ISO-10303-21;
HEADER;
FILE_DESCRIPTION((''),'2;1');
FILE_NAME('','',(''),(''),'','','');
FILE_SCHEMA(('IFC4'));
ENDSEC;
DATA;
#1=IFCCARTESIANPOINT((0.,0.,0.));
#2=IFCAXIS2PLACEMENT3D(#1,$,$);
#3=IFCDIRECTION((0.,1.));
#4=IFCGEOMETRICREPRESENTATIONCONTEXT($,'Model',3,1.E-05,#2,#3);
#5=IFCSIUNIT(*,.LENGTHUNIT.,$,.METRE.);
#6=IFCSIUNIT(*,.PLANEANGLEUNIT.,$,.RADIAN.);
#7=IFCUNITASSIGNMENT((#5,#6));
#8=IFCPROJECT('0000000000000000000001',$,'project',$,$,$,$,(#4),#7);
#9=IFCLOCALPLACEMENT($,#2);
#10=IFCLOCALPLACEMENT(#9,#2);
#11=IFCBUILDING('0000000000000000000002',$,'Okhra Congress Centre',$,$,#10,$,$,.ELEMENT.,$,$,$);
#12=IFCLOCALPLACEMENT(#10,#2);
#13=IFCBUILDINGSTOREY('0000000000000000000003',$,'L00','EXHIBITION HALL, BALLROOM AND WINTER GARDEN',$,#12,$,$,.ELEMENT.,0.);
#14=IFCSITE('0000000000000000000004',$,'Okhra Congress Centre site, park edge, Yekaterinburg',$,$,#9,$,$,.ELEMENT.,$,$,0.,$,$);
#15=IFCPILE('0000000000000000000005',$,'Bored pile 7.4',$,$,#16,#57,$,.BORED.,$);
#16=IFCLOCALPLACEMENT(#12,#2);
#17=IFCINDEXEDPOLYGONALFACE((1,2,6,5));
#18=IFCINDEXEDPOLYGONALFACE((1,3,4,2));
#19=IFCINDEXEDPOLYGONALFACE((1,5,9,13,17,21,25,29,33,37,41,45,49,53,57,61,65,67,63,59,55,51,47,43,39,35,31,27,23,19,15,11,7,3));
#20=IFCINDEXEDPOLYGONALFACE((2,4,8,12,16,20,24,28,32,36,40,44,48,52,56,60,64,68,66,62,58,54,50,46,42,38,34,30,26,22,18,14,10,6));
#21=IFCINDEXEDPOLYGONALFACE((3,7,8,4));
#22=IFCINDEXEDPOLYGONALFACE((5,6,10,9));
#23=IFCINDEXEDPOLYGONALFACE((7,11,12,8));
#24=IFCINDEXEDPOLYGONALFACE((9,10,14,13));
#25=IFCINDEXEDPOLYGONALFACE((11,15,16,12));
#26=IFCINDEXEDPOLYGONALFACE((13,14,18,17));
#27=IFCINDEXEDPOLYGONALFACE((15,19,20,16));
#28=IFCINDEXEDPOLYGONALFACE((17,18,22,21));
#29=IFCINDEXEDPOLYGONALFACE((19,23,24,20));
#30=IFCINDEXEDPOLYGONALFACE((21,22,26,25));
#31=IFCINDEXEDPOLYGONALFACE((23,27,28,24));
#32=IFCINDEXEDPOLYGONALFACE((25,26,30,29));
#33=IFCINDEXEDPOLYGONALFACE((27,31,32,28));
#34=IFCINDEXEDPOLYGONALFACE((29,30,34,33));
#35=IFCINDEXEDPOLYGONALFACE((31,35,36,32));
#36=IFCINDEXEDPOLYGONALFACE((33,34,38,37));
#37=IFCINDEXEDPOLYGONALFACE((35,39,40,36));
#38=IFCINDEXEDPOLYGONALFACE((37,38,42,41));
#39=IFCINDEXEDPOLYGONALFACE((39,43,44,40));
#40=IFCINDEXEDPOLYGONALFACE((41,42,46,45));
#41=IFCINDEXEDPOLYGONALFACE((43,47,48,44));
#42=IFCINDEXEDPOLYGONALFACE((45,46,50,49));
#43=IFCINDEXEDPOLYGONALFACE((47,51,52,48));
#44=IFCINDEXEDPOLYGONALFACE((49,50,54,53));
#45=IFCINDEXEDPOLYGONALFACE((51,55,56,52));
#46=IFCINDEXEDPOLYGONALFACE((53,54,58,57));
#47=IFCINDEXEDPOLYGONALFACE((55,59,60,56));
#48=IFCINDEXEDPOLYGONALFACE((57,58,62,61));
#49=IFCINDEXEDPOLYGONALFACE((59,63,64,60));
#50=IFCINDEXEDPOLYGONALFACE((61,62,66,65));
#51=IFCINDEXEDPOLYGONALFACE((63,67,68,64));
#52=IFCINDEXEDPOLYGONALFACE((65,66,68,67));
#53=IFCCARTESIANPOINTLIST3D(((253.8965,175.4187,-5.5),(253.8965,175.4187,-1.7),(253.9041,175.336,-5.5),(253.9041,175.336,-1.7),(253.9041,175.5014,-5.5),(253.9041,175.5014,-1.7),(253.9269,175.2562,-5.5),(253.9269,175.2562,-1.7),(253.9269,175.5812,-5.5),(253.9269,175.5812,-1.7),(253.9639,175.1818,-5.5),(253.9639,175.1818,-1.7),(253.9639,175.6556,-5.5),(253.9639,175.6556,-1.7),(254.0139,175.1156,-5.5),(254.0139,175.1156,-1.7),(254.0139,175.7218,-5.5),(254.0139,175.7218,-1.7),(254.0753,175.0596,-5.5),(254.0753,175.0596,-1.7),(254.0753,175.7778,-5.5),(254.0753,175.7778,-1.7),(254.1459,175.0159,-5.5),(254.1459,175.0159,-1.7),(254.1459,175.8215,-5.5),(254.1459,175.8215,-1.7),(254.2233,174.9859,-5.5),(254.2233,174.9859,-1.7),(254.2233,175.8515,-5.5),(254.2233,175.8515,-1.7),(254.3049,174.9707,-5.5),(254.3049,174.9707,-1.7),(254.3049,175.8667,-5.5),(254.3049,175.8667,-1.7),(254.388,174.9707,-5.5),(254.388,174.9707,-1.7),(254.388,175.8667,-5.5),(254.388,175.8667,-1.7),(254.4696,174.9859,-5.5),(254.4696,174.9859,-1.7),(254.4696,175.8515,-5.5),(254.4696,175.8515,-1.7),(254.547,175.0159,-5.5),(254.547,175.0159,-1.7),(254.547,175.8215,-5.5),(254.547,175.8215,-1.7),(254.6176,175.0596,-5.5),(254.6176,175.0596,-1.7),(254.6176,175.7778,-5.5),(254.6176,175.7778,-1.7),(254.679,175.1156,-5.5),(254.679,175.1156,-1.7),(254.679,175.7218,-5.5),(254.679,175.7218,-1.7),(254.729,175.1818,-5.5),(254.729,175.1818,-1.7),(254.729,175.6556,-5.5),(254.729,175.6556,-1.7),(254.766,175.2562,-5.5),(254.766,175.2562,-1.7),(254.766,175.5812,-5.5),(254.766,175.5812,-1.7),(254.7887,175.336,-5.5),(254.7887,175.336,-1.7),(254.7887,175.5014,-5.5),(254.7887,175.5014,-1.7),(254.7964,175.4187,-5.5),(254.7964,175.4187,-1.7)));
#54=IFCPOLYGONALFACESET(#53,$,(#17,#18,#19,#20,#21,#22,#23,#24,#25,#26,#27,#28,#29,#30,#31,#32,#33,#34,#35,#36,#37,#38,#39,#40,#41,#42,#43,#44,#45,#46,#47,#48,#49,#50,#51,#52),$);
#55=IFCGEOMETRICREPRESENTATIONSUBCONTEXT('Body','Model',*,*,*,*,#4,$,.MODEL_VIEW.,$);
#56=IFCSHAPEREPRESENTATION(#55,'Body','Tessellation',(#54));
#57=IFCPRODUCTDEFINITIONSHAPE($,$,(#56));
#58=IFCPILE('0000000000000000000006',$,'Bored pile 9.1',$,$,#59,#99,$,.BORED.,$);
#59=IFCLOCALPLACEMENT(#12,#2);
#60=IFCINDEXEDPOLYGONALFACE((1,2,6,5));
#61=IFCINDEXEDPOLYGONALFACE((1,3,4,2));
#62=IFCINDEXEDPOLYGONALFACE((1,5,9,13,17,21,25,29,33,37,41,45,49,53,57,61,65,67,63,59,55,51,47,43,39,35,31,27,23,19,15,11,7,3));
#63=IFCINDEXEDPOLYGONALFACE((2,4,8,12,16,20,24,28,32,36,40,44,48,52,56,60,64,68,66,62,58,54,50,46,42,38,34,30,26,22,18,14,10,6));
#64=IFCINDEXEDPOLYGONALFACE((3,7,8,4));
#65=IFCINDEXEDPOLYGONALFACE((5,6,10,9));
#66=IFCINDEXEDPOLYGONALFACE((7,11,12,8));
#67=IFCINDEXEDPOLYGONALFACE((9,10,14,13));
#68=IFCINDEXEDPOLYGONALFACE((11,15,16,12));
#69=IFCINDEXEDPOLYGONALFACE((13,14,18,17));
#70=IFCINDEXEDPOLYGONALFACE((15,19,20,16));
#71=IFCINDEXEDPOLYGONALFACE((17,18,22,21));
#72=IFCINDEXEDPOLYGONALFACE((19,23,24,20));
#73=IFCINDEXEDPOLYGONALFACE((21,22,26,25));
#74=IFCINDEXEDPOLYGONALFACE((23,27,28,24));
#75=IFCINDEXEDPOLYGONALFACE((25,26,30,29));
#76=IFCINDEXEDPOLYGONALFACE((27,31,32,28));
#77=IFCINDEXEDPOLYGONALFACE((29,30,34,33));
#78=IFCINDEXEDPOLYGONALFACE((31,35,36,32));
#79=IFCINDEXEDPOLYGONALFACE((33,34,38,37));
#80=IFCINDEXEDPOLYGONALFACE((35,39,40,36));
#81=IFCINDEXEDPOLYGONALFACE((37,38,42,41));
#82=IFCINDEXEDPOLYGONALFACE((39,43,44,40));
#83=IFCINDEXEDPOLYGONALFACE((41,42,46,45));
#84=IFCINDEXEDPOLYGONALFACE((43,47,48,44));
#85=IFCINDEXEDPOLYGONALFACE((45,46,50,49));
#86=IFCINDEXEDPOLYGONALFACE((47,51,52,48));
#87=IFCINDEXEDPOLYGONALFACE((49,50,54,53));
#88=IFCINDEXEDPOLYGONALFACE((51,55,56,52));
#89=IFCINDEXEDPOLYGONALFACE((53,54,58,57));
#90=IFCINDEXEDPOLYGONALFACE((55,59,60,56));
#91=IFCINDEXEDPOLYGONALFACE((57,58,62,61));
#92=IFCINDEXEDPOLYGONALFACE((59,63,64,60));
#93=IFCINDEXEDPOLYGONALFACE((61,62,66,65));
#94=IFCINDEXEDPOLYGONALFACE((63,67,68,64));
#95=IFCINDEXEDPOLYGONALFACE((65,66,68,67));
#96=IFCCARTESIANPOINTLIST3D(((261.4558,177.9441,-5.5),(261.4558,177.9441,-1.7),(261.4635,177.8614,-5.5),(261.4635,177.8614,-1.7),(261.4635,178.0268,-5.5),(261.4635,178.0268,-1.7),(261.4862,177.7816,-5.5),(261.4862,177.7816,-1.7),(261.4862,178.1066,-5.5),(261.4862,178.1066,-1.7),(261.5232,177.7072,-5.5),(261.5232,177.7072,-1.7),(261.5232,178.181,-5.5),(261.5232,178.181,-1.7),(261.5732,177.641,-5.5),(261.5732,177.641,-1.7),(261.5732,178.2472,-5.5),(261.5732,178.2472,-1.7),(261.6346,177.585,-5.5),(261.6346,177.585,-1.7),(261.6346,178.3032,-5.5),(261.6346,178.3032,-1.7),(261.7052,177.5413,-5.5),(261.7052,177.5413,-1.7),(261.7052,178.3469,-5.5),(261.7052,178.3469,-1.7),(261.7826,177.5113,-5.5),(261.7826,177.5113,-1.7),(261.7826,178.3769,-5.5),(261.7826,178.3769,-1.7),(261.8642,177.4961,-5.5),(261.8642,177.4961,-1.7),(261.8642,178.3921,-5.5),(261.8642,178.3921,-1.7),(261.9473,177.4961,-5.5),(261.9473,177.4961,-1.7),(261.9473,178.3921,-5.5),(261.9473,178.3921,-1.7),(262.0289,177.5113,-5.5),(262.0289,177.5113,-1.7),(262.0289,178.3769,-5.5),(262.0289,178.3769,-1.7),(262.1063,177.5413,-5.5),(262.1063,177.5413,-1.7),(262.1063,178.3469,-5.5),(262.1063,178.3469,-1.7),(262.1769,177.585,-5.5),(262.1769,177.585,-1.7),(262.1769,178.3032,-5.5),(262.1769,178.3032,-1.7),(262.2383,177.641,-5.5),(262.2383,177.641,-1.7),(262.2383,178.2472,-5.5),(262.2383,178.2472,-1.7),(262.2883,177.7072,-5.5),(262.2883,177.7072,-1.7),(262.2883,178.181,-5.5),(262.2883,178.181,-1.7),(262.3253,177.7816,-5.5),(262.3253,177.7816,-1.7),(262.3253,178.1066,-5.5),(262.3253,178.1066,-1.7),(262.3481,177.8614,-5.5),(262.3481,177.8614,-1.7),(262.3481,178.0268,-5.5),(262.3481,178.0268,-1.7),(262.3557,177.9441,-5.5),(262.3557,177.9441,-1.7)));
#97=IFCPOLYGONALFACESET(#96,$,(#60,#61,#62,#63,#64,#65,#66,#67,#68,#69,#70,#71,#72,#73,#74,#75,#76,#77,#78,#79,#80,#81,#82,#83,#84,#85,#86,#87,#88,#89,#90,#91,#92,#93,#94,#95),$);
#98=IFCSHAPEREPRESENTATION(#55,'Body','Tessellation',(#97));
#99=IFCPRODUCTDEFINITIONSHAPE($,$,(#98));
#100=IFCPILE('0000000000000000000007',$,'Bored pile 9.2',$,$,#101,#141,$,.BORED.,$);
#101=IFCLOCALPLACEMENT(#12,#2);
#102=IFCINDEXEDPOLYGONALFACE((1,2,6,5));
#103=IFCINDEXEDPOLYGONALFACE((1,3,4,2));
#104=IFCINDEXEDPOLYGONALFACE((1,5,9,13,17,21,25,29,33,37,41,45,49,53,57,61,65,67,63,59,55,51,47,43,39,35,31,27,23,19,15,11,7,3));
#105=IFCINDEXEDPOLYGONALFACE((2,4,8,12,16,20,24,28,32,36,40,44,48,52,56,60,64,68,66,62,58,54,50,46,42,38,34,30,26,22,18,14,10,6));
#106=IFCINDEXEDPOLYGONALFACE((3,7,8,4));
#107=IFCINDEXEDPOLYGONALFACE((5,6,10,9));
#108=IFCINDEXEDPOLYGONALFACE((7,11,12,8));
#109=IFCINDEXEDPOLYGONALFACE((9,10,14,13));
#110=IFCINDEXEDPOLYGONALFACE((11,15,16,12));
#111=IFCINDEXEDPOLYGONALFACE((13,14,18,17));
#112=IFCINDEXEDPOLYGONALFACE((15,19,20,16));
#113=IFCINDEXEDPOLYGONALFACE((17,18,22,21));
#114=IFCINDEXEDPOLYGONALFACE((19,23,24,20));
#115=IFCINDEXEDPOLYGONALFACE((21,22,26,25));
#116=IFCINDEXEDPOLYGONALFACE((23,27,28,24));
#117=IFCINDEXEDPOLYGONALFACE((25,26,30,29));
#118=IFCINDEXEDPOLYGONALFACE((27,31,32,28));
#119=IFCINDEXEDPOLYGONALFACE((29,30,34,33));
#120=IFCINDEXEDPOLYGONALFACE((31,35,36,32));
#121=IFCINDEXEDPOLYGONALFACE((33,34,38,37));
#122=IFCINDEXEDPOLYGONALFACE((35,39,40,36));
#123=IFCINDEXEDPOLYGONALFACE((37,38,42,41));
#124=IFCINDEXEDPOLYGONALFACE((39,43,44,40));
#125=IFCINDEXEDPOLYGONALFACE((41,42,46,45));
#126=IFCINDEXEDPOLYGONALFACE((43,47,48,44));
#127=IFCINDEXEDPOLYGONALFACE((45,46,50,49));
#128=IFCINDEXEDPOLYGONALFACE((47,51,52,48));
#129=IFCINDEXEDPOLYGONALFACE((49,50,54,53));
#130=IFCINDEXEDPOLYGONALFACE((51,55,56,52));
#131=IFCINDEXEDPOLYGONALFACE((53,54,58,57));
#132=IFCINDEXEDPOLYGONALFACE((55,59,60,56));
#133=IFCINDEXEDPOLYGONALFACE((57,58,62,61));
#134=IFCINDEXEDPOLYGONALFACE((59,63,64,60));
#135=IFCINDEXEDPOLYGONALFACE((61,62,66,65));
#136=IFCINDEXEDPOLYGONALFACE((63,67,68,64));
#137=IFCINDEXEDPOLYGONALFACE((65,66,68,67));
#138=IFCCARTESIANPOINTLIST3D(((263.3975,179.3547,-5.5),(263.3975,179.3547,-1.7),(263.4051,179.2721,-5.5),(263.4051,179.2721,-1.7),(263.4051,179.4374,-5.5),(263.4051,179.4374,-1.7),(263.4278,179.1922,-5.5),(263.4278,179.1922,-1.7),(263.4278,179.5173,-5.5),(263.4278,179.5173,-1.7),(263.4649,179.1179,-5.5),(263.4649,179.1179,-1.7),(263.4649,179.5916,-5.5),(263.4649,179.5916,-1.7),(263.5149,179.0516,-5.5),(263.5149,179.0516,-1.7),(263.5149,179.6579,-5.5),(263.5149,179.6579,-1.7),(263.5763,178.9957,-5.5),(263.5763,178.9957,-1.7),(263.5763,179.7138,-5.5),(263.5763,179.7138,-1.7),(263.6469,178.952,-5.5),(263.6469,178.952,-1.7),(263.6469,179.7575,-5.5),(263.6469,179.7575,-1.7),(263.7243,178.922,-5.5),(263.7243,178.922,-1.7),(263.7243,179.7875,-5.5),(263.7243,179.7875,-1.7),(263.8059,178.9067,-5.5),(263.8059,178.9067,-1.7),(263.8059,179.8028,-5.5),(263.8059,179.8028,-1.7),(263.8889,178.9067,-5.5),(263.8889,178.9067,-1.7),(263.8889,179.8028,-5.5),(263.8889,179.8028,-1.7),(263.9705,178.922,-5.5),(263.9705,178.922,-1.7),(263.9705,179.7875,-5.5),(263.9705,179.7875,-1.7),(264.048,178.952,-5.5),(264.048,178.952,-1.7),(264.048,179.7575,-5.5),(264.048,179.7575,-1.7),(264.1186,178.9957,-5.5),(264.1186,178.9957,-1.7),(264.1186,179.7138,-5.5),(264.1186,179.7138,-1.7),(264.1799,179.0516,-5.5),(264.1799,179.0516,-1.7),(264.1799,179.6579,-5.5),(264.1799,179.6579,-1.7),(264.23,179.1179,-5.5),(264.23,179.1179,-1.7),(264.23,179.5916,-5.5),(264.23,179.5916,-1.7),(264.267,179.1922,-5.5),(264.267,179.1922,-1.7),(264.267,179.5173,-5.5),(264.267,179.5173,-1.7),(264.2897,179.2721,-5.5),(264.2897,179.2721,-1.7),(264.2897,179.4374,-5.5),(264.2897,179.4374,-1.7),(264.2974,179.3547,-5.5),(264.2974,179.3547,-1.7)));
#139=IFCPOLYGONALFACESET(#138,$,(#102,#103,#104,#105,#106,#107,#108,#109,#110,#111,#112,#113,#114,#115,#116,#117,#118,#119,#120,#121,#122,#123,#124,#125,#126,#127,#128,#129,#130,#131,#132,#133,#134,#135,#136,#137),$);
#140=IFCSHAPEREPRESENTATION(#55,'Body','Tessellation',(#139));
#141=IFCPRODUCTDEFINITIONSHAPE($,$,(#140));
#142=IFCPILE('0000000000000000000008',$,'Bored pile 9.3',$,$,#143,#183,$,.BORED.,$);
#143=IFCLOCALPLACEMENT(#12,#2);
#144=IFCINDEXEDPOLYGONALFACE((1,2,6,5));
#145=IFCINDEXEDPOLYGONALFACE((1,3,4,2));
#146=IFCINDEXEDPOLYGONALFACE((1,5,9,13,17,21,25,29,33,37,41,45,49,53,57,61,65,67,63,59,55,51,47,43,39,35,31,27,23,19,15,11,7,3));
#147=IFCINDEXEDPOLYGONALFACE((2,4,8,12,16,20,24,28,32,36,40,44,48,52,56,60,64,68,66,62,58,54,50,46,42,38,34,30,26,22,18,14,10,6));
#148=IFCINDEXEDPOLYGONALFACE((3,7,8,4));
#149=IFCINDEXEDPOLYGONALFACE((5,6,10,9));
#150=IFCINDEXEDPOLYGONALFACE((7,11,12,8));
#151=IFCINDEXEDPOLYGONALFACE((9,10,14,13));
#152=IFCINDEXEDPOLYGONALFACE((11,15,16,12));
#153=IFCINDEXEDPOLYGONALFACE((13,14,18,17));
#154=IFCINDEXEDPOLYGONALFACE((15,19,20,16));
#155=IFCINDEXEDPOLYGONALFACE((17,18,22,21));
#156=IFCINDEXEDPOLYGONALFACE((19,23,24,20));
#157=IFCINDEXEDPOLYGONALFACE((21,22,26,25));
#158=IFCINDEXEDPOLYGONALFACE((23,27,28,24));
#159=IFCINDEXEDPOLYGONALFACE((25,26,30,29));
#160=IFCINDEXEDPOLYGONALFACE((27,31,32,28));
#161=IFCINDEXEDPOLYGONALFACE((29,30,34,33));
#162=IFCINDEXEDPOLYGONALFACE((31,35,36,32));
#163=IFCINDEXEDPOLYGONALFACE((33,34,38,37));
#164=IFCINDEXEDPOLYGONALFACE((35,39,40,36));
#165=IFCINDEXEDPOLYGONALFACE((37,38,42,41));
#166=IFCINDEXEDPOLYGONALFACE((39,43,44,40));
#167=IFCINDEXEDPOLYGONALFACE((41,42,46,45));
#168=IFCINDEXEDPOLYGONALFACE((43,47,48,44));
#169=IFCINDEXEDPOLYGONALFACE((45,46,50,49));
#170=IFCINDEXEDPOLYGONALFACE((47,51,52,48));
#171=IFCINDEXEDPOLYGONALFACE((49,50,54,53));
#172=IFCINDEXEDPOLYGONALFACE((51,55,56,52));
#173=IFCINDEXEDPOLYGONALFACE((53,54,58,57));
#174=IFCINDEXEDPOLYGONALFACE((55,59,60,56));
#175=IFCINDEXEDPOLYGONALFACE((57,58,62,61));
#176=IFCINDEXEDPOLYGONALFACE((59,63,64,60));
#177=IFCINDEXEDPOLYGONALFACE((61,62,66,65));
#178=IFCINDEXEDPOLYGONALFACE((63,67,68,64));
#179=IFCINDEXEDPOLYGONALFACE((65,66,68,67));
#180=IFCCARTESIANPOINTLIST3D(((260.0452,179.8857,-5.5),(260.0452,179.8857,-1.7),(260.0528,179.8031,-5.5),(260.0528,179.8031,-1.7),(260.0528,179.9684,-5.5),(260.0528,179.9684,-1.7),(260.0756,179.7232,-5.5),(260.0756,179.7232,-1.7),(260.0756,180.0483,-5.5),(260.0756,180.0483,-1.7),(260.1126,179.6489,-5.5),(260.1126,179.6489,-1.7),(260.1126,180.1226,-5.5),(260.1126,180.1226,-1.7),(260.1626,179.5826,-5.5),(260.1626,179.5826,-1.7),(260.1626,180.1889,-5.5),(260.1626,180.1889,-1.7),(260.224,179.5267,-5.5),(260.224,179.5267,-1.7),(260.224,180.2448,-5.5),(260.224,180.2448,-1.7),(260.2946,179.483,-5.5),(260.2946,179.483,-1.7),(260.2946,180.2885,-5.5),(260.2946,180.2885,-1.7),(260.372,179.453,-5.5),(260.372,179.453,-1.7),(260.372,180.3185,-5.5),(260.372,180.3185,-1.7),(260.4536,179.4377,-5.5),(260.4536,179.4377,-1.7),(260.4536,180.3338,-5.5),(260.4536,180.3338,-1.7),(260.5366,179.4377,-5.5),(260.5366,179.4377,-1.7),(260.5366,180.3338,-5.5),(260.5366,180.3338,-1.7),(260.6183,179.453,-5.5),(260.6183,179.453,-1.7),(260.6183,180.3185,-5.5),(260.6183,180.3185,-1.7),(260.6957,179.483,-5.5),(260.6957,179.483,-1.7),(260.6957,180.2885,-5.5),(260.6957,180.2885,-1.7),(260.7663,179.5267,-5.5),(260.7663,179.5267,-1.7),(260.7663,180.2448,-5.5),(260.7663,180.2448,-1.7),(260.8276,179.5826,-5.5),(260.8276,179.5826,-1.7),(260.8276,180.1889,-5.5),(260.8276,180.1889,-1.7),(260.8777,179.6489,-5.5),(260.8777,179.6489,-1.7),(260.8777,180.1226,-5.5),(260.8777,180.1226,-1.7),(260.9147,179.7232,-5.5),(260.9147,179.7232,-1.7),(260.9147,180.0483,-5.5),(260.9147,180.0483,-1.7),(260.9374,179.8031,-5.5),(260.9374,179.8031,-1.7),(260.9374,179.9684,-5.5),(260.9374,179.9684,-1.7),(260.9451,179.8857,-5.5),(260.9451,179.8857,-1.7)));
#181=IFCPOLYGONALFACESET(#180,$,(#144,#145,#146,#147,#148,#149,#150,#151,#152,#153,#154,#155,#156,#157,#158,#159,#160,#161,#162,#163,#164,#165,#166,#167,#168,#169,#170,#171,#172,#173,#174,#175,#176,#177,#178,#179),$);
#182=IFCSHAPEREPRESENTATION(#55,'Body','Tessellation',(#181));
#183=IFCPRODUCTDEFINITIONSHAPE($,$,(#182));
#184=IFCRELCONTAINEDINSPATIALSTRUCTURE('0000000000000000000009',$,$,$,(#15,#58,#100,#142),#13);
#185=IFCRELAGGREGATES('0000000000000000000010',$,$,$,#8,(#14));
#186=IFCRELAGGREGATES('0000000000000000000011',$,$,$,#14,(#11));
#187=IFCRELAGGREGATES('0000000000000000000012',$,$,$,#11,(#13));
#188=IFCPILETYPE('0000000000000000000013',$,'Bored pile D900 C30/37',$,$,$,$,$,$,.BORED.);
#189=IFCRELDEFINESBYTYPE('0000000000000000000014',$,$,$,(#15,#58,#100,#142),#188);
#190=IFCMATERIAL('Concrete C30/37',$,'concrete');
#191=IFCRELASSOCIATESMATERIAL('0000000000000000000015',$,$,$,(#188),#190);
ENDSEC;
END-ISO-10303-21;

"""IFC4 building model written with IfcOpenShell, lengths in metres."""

from ifc_helpers import new_model, si_unit, direction, frame, origin, origin_2d, place, context, subcontext, project, spatial, circle, extrude, material, material_profile, profile_set, type_object, element, save


model = new_model("IFC4")

# Units and contexts
model_context = context("Model", 3, precision=1e-05, world=origin(), true_north=direction((0.0, 1.0)))
body_context = subcontext(model_context, "Body", "Model", "MODEL_VIEW")
ifc_project = project(units=[si_unit("LENGTHUNIT", "METRE"), si_unit("PLANEANGLEUNIT", "RADIAN")], contexts=[model_context])

# Site, building, storey
site_placement = place(None, origin())
site = spatial("IfcSite", under=ifc_project, at=site_placement, Name="Okhra Congress Centre site, park edge, Yekaterinburg", CompositionType="ELEMENT", RefElevation=0.0)
building_placement = place(site_placement, origin())
building = spatial("IfcBuilding", under=site, at=building_placement, Name="Okhra Congress Centre", CompositionType="ELEMENT")
storey_placement = place(building_placement, origin())
storey = spatial("IfcBuildingStorey", under=building, at=storey_placement, Name="L00", Description="EXHIBITION HALL, BALLROOM AND WINTER GARDEN", CompositionType="ELEMENT", Elevation=0.0)

# Piles
ifc_material_1 = material(Name="Concrete C30/37", Category="concrete")
ifc_material_profile_1 = material_profile(ifc_material_1, circle(Radius=0.45, at=origin_2d()), Name="D900")
ifc_profile_set_1 = profile_set([ifc_material_profile_1], Name="Concrete C30/37")
pile_type = type_object("IfcPileType", Name="Bored pile D900 C30/37", PredefinedType="BORED", material=ifc_profile_set_1)
for number, where, z_axis, x_axis, name in (
    (1, (254.3464, 175.4187, -1.7), (0.0, 0.0, -1.0), (1.0, 0.0, 0.0), "Bored pile 7.4"),
    (2, (261.9058, 177.9441, -1.7), (0.0, 0.0, -1.0), (1.0, 0.0, 0.0), "Bored pile 9.1"),
    (3, (263.8474, 179.3547, -1.7), (0.0, 0.0, -1.0), (1.0, 0.0, 0.0), "Bored pile 9.2"),
    (4, (260.4951, 179.8857, -1.7), (0.0, 0.0, -1.0), (1.0, 0.0, 0.0), "Bored pile 9.3"),
):
    element("IfcPile", number, at=place(storey_placement, frame(where, z_axis=z_axis, x_axis=x_axis)), inside=storey, type_object=pile_type, Name=name, PredefinedType="BORED", context=body_context, shape_type="SweptSolid", body=[
        extrude(circle(Radius=0.45, at=origin_2d()), origin(), (0.0, 0.0, 1.0), 3.8),
    ])

save(model, "model.ifc")
